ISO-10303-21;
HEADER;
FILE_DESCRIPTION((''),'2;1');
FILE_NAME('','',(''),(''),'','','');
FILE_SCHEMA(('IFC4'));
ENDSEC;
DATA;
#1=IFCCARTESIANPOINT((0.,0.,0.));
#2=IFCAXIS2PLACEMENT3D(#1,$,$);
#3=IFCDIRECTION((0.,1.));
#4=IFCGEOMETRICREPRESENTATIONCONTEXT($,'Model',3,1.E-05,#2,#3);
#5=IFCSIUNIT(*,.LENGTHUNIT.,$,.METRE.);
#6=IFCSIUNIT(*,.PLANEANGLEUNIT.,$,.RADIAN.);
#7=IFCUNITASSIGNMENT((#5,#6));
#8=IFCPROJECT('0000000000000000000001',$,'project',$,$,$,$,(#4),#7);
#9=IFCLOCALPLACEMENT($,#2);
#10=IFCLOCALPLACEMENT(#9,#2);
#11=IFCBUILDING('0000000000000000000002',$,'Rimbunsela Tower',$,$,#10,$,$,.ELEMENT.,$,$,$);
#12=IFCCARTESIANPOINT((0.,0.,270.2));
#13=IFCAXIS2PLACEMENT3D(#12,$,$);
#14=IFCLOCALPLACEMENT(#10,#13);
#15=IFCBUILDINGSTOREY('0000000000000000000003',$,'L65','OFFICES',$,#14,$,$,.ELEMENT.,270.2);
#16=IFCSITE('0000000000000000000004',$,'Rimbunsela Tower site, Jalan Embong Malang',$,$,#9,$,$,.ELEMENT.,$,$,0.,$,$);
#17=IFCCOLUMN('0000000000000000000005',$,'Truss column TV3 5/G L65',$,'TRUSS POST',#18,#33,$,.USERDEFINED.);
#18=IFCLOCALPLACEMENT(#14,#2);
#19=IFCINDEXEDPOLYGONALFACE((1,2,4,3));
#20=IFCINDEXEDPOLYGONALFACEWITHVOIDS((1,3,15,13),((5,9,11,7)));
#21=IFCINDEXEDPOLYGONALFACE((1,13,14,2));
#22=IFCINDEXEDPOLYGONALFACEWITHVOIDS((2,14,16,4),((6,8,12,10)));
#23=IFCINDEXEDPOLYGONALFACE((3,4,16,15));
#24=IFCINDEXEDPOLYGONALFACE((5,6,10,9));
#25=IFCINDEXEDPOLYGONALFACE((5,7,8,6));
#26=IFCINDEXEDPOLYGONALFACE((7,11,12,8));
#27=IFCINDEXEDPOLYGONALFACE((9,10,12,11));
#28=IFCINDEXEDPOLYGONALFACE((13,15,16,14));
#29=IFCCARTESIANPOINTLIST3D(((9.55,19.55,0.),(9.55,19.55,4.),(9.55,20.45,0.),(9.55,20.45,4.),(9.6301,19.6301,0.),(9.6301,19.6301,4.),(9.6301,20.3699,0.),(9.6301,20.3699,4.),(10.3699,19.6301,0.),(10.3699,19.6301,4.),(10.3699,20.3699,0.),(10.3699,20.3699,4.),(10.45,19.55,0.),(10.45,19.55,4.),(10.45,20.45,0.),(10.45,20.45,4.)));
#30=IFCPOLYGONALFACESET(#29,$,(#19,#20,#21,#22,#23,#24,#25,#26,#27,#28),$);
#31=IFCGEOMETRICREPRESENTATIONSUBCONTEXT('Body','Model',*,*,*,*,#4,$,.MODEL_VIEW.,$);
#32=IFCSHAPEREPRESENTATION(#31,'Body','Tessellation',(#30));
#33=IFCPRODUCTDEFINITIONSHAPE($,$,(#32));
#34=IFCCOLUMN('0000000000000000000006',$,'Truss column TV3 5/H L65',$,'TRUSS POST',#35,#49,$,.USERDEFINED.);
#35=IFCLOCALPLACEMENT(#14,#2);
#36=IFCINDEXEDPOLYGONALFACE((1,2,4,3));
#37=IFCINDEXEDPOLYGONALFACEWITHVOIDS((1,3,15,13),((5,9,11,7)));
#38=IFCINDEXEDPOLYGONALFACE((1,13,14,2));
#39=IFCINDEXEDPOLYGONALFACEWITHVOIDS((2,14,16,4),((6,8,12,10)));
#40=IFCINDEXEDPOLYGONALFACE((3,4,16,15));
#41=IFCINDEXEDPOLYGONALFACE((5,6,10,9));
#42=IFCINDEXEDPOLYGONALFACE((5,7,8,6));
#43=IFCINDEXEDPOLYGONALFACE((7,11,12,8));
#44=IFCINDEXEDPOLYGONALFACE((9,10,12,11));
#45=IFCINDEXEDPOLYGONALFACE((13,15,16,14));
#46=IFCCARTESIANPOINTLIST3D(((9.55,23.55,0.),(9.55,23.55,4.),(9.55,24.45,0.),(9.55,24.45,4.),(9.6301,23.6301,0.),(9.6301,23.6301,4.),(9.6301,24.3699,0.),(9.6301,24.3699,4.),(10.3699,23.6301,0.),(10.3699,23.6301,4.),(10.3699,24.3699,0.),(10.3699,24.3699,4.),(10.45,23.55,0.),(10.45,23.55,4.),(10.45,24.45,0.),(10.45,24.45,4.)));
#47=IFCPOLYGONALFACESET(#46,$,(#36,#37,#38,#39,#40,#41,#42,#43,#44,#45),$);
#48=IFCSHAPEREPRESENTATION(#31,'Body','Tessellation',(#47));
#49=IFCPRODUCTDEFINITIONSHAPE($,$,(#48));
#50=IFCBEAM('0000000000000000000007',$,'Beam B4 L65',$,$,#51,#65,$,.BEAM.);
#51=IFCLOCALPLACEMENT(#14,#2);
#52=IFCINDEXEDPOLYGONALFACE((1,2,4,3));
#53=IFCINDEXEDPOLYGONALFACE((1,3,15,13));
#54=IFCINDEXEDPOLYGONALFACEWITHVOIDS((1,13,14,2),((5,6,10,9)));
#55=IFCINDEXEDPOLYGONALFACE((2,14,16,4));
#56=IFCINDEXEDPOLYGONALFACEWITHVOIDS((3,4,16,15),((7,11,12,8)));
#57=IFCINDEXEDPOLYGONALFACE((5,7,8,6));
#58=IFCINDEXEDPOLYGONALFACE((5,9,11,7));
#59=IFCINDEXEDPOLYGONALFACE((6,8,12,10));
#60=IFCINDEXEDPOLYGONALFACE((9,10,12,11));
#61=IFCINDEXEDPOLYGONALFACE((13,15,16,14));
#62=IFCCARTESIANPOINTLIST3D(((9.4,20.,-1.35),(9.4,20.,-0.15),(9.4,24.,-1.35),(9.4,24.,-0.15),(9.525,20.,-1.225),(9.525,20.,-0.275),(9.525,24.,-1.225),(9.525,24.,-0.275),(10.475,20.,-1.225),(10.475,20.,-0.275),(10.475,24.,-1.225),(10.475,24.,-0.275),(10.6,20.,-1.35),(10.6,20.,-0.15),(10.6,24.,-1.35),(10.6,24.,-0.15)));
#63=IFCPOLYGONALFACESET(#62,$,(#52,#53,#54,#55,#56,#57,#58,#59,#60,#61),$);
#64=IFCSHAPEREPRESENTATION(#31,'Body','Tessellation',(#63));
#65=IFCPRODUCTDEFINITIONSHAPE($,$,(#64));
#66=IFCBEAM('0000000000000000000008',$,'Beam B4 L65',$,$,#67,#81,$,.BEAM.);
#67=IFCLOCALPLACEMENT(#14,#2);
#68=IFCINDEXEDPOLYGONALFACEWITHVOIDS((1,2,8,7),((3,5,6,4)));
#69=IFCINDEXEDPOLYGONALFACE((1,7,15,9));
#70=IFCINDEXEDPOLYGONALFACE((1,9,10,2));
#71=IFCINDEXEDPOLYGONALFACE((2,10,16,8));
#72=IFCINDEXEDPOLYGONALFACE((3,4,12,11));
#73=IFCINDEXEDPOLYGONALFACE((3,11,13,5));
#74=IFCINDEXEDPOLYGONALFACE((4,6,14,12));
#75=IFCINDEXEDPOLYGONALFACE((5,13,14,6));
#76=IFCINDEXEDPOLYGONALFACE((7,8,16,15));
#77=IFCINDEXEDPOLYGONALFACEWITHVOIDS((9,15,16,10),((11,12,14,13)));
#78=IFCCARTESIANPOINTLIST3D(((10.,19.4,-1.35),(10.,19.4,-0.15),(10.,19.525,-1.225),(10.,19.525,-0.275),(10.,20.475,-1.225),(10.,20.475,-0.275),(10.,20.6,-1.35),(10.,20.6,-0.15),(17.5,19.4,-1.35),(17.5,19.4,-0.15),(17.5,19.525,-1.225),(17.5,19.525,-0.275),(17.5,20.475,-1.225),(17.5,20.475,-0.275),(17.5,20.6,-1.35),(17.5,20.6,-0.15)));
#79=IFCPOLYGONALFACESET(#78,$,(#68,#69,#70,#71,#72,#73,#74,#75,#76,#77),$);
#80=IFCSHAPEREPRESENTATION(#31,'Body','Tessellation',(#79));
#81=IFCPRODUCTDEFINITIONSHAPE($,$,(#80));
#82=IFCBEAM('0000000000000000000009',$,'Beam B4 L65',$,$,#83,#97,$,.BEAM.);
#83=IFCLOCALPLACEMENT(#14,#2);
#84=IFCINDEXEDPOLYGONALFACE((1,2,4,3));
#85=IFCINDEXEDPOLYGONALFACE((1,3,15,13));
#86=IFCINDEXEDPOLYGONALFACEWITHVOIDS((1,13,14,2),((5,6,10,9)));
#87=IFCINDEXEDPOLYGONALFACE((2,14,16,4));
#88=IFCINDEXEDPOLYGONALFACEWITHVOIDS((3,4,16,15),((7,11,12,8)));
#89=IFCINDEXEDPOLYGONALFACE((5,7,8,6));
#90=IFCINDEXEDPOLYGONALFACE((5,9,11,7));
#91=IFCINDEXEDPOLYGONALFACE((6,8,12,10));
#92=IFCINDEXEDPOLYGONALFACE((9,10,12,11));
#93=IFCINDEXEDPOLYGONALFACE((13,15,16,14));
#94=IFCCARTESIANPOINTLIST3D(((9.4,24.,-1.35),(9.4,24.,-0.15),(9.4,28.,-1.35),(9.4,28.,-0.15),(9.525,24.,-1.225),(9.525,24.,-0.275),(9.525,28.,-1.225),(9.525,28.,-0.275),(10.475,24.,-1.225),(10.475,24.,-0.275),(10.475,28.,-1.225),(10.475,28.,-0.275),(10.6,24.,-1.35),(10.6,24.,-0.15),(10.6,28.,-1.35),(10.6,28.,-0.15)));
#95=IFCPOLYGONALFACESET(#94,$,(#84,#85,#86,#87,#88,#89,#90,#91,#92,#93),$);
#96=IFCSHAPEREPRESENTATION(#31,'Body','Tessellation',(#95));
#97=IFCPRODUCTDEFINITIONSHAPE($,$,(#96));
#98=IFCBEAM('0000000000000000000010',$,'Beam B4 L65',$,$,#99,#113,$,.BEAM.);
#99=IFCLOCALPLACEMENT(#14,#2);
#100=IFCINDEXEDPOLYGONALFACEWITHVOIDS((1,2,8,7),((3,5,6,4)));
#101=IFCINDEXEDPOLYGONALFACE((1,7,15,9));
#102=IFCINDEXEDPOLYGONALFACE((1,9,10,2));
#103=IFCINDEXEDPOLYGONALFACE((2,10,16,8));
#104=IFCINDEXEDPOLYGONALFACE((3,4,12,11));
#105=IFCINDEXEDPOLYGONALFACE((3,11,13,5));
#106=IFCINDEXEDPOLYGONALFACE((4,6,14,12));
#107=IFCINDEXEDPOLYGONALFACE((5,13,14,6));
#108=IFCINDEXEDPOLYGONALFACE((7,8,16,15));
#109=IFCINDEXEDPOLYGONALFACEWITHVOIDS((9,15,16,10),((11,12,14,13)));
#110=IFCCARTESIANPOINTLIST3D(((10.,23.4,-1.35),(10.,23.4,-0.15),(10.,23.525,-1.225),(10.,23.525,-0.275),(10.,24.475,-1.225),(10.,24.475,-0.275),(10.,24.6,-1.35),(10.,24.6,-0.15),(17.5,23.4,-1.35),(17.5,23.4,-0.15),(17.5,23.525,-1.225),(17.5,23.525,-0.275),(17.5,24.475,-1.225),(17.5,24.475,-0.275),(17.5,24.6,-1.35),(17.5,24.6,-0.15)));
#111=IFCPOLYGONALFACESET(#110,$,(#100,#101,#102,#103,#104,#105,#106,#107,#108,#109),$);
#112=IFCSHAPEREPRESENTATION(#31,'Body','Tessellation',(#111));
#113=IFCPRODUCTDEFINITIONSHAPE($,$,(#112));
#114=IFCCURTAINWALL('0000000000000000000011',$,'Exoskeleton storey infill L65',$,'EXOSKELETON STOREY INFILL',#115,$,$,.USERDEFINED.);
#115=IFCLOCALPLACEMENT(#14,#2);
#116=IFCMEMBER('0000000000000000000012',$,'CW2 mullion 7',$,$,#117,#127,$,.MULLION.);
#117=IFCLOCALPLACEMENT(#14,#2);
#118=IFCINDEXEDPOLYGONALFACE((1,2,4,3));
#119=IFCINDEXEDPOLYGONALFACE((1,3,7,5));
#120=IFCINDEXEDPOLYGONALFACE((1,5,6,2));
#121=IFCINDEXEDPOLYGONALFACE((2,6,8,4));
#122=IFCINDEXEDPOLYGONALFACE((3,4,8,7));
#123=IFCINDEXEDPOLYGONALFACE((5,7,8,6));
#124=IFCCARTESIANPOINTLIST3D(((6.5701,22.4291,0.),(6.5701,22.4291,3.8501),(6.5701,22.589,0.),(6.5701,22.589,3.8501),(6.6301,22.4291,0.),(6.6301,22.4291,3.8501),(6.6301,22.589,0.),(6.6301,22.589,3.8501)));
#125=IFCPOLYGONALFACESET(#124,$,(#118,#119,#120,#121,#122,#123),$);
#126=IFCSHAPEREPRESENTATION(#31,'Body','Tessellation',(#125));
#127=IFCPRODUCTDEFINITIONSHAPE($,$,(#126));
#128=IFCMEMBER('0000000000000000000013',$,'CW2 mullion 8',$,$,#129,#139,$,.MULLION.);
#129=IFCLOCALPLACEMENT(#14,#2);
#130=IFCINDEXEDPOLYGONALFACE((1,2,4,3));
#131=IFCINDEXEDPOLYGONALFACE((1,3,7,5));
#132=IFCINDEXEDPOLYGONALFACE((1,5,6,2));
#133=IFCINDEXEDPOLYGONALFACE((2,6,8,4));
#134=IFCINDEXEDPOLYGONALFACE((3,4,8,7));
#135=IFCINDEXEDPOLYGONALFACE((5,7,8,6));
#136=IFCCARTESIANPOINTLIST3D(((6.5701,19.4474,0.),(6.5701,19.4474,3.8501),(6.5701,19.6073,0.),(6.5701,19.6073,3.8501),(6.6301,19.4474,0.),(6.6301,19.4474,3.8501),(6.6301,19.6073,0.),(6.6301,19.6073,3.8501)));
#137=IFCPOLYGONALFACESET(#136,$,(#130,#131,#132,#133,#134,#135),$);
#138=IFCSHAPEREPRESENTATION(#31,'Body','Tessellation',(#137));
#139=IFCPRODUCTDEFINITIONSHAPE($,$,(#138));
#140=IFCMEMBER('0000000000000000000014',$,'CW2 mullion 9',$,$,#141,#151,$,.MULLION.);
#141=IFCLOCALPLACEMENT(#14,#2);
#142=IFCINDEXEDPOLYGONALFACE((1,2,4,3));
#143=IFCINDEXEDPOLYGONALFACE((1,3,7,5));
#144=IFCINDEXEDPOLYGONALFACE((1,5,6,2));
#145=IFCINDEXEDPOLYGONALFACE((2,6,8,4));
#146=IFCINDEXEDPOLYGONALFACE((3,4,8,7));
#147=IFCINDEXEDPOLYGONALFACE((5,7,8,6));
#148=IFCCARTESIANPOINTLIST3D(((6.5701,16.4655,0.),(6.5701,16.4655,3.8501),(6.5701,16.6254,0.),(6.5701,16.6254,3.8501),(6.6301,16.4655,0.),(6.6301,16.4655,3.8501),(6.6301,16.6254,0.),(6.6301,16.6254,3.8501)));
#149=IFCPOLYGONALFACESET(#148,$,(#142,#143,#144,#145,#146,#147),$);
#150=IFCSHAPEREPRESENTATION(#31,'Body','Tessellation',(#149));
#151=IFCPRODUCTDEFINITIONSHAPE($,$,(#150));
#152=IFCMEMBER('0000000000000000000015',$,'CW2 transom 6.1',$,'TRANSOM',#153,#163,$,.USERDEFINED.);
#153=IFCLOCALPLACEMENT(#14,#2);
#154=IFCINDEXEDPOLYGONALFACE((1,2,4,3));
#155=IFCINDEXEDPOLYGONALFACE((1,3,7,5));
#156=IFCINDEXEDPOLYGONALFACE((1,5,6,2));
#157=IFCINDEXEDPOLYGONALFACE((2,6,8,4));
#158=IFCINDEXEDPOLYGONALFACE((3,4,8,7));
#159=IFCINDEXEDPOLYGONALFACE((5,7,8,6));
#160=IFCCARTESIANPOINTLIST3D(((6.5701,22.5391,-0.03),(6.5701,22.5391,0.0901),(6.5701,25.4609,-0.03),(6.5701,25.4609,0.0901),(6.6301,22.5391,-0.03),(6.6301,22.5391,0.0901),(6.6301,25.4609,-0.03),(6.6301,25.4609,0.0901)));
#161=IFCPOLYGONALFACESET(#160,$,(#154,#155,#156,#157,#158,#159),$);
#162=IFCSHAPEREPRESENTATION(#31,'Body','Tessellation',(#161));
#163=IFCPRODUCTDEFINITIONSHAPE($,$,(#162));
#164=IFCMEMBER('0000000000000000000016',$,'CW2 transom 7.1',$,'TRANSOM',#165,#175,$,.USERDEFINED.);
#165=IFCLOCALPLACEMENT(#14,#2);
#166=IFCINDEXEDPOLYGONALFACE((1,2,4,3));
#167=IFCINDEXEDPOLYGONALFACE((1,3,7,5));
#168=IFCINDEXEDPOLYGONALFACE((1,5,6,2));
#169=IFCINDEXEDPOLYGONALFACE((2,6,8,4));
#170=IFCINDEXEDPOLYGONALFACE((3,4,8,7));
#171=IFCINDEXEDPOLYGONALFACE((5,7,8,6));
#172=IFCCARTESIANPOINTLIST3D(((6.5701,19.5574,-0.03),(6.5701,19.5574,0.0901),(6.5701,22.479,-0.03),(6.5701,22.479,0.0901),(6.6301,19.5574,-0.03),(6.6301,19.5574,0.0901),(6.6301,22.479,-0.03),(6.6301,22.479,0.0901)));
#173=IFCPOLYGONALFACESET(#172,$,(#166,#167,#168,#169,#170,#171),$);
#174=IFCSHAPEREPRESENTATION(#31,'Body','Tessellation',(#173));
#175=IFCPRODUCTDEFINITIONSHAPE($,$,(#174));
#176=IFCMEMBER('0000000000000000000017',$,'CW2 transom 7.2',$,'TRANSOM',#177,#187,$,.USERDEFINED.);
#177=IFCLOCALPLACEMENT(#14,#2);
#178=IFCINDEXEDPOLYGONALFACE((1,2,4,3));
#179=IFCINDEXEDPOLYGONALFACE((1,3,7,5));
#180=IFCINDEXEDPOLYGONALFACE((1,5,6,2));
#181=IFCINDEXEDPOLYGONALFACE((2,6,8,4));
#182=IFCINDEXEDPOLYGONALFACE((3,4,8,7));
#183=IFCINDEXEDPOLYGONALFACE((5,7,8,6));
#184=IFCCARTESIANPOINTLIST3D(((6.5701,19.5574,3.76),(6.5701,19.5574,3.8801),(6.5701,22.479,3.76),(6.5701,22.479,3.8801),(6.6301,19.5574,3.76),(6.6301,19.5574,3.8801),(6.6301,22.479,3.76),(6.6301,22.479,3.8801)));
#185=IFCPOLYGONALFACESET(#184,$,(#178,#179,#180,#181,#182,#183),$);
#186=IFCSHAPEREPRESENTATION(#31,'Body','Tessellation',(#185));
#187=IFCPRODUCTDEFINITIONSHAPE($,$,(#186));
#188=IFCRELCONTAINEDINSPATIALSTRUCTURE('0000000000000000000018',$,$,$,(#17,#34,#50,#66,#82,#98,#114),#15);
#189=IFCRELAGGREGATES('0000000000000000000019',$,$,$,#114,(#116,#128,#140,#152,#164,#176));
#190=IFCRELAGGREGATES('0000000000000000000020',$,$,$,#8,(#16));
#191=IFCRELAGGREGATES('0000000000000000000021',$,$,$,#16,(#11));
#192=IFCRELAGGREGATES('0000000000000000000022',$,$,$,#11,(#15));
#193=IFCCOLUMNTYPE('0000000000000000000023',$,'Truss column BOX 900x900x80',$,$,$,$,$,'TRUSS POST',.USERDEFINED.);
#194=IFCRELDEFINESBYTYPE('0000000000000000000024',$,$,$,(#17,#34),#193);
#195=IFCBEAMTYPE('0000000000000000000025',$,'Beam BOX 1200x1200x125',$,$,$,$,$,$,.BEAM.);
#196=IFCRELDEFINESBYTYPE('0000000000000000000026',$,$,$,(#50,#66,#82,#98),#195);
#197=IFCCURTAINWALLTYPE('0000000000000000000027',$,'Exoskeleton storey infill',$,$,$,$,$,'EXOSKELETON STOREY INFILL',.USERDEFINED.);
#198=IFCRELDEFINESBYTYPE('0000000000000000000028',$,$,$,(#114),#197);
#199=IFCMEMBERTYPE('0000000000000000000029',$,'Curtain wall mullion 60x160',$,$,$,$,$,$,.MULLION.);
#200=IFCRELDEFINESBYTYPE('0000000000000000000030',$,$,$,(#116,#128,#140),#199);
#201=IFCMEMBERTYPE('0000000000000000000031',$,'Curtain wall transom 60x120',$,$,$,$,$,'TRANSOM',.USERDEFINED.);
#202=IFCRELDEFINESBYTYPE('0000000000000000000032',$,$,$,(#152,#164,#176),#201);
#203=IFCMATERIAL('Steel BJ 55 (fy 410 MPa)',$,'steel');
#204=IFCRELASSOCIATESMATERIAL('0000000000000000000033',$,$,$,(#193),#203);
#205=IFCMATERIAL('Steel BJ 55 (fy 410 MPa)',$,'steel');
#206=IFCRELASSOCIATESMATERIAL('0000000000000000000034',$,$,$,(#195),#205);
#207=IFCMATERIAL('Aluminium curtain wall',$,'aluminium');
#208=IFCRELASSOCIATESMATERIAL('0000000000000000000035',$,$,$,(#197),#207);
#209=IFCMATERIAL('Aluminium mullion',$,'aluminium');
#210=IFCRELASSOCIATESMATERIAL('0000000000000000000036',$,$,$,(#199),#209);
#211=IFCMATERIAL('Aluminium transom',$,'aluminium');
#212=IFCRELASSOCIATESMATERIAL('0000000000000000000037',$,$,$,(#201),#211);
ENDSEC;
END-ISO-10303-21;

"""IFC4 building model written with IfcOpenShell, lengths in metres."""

from ifc_helpers import new_model, si_unit, direction, frame, origin, origin_2d, place, context, subcontext, project, spatial, rectangle, hollow_rectangle, extrude, material, material_profile, profile_set, type_object, element, aggregate, save


model = new_model("IFC4")

# Units and contexts
model_context = context("Model", 3, precision=1e-05, world=origin(), true_north=direction((0.0, 1.0)))
body_context = subcontext(model_context, "Body", "Model", "MODEL_VIEW")
ifc_project = project(units=[si_unit("LENGTHUNIT", "METRE"), si_unit("PLANEANGLEUNIT", "RADIAN")], contexts=[model_context])

# Site, building, storey
site_placement = place(None, origin())
site = spatial("IfcSite", under=ifc_project, at=site_placement, Name="Rimbunsela Tower site, Jalan Embong Malang", CompositionType="ELEMENT", RefElevation=0.0)
building_placement = place(site_placement, origin())
building = spatial("IfcBuilding", under=site, at=building_placement, Name="Rimbunsela Tower", CompositionType="ELEMENT")
storey_placement = place(building_placement, frame((0.0, 0.0, 270.2)))
storey = spatial("IfcBuildingStorey", under=building, at=storey_placement, Name="L65", Description="OFFICES", CompositionType="ELEMENT", Elevation=270.2)

# Columns
ifc_material_1 = material(Name="Steel BJ 55 (fy 410 MPa)", Category="steel")
ifc_material_profile_1 = material_profile(ifc_material_1, hollow_rectangle(XDim=0.8999, YDim=0.8999, WallThickness=0.0801, at=origin_2d()), Name="BOX 900x900x80")
ifc_profile_set_1 = profile_set([ifc_material_profile_1], Name="Steel BJ 55 (fy 410 MPa)")
column_type = type_object("IfcColumnType", Name="Truss column BOX 900x900x80", ElementType="TRUSS POST", PredefinedType="USERDEFINED", material=ifc_profile_set_1)
for number, where, z_axis, x_axis, name in (
    (1, (10.0, 20.0, 0.0), (0.0, 0.0, 1.0), (1.0, 0.0, 0.0), "Truss column TV3 5/G L65"),
    (2, (10.0, 24.0, 0.0), (0.0, 0.0, 1.0), (1.0, 0.0, 0.0), "Truss column TV3 5/H L65"),
):
    element("IfcColumn", number, at=place(storey_placement, frame(where, z_axis=z_axis, x_axis=x_axis)), inside=storey, type_object=column_type, Name=name, ObjectType="TRUSS POST", PredefinedType="USERDEFINED", context=body_context, shape_type="SweptSolid", body=[
        extrude(hollow_rectangle(XDim=0.8999, YDim=0.8999, WallThickness=0.0801, at=origin_2d()), origin(), (0.0, 0.0, 1.0), 4.0),
    ])

# Beams
ifc_material_2 = material(Name="Steel BJ 55 (fy 410 MPa)", Category="steel")
ifc_material_profile_2 = material_profile(ifc_material_2, hollow_rectangle(XDim=1.2, YDim=1.2, WallThickness=0.125, at=origin_2d()), Name="BOX 1200x1200x125")
ifc_profile_set_2 = profile_set([ifc_material_profile_2], Name="Steel BJ 55 (fy 410 MPa)")
beam_type_1 = type_object("IfcBeamType", Name="Beam BOX 1200x1200x125", PredefinedType="BEAM", material=ifc_profile_set_2)
beam_1_placement = place(storey_placement, frame((10.0, 20.0, -0.75), z_axis=(0.0, 1.0, 0.0), x_axis=(-1.0, 0.0, 0.0)))
element("IfcBeam", 3, at=beam_1_placement, inside=storey, type_object=beam_type_1, Name="Beam B4 L65", PredefinedType="BEAM", context=body_context, shape_type="SweptSolid", body=[
    extrude(hollow_rectangle(XDim=1.2, YDim=1.2, WallThickness=0.125, at=origin_2d()), origin(), (0.0, 0.0, 1.0), 4.0),
])
beam_2_placement = place(storey_placement, frame((10.0, 20.0, -0.75), z_axis=(1.0, 0.0, 0.0), x_axis=(0.0, 1.0, 0.0)))
element("IfcBeam", 4, at=beam_2_placement, inside=storey, type_object=beam_type_1, Name="Beam B4 L65", PredefinedType="BEAM", context=body_context, shape_type="SweptSolid", body=[
    extrude(hollow_rectangle(XDim=1.2, YDim=1.2, WallThickness=0.125, at=origin_2d()), origin(), (0.0, 0.0, 1.0), 7.5),
])
beam_3_placement = place(storey_placement, frame((10.0, 24.0, -0.75), z_axis=(0.0, 1.0, 0.0), x_axis=(-1.0, 0.0, 0.0)))
element("IfcBeam", 5, at=beam_3_placement, inside=storey, type_object=beam_type_1, Name="Beam B4 L65", PredefinedType="BEAM", context=body_context, shape_type="SweptSolid", body=[
    extrude(hollow_rectangle(XDim=1.2, YDim=1.2, WallThickness=0.125, at=origin_2d()), origin(), (0.0, 0.0, 1.0), 4.0),
])
beam_4_placement = place(storey_placement, frame((10.0, 24.0, -0.75), z_axis=(1.0, 0.0, 0.0), x_axis=(0.0, 1.0, 0.0)))
element("IfcBeam", 6, at=beam_4_placement, inside=storey, type_object=beam_type_1, Name="Beam B4 L65", PredefinedType="BEAM", context=body_context, shape_type="SweptSolid", body=[
    extrude(hollow_rectangle(XDim=1.2, YDim=1.2, WallThickness=0.125, at=origin_2d()), origin(), (0.0, 0.0, 1.0), 7.5),
])

# Curtain wall, members
ifc_material_3 = material(Name="Aluminium curtain wall", Category="aluminium")
curtain_wall_type = type_object("IfcCurtainWallType", Name="Exoskeleton storey infill", ElementType="EXOSKELETON STOREY INFILL", PredefinedType="USERDEFINED", material=ifc_material_3)
curtain_wall_placement = place(storey_placement, origin())
curtain_wall = element("IfcCurtainWall", 7, at=curtain_wall_placement, inside=storey, type_object=curtain_wall_type, Name="Exoskeleton storey infill L65", ObjectType="EXOSKELETON STOREY INFILL", PredefinedType="USERDEFINED")
ifc_material_4 = material(Name="Aluminium mullion", Category="aluminium")
ifc_material_profile_3 = material_profile(ifc_material_4, rectangle(XDim=0.0601, YDim=0.1599, at=origin_2d()), Name="Mullion 60x160")
ifc_profile_set_3 = profile_set([ifc_material_profile_3], Name="Aluminium mullion")
member_type_1 = type_object("IfcMemberType", Name="Curtain wall mullion 60x160", PredefinedType="MULLION", material=ifc_profile_set_3)
member_1_placement = place(storey_placement, frame((6.6001, 22.509, 0.0), z_axis=(0.0, 0.0, 1.0), x_axis=(1.0, 0.0, 0.0)))
member_1 = element("IfcMember", 8, at=member_1_placement, type_object=member_type_1, Name="CW2 mullion 7", PredefinedType="MULLION", context=body_context, shape_type="SweptSolid", body=[
    extrude(rectangle(XDim=0.0601, YDim=0.1599, at=origin_2d()), origin(), (0.0, 0.0, 1.0), 3.8501),
])
member_2_placement = place(storey_placement, frame((6.6001, 19.5273, 0.0), z_axis=(0.0, 0.0, 1.0), x_axis=(1.0, 0.0, 0.0)))
member_2 = element("IfcMember", 9, at=member_2_placement, type_object=member_type_1, Name="CW2 mullion 8", PredefinedType="MULLION", context=body_context, shape_type="SweptSolid", body=[
    extrude(rectangle(XDim=0.0601, YDim=0.1599, at=origin_2d()), origin(), (0.0, 0.0, 1.0), 3.8501),
])
member_3_placement = place(storey_placement, frame((6.6001, 16.5454, 0.0), z_axis=(0.0, 0.0, 1.0), x_axis=(1.0, 0.0, 0.0)))
member_3 = element("IfcMember", 10, at=member_3_placement, type_object=member_type_1, Name="CW2 mullion 9", PredefinedType="MULLION", context=body_context, shape_type="SweptSolid", body=[
    extrude(rectangle(XDim=0.0601, YDim=0.1599, at=origin_2d()), origin(), (0.0, 0.0, 1.0), 3.8501),
])
ifc_material_5 = material(Name="Aluminium transom", Category="aluminium")
ifc_material_profile_4 = material_profile(ifc_material_5, rectangle(XDim=0.0601, YDim=0.1201, at=origin_2d()), Name="Transom 60x120")
ifc_profile_set_4 = profile_set([ifc_material_profile_4], Name="Aluminium transom")
member_type_2 = type_object("IfcMemberType", Name="Curtain wall transom 60x120", ElementType="TRANSOM", PredefinedType="USERDEFINED", material=ifc_profile_set_4)
member_4_placement = place(storey_placement, frame((6.6001, 25.4609, 0.03), z_axis=(0.0, -1.0, 0.0), x_axis=(1.0, 0.0, 0.0)))
member_4 = element("IfcMember", 11, at=member_4_placement, type_object=member_type_2, Name="CW2 transom 6.1", ObjectType="TRANSOM", PredefinedType="USERDEFINED", context=body_context, shape_type="SweptSolid", body=[
    extrude(rectangle(XDim=0.0601, YDim=0.1201, at=origin_2d()), origin(), (0.0, 0.0, 1.0), 2.9219),
])
member_5_placement = place(storey_placement, frame((6.6001, 22.479, 0.03), z_axis=(0.0, -1.0, 0.0), x_axis=(1.0, 0.0, 0.0)))
member_5 = element("IfcMember", 12, at=member_5_placement, type_object=member_type_2, Name="CW2 transom 7.1", ObjectType="TRANSOM", PredefinedType="USERDEFINED", context=body_context, shape_type="SweptSolid", body=[
    extrude(rectangle(XDim=0.0601, YDim=0.1201, at=origin_2d()), origin(), (0.0, 0.0, 1.0), 2.9216),
])
member_6_placement = place(storey_placement, frame((6.6001, 22.479, 3.8201), z_axis=(0.0, -1.0, 0.0), x_axis=(1.0, 0.0, 0.0)))
member_6 = element("IfcMember", 13, at=member_6_placement, type_object=member_type_2, Name="CW2 transom 7.2", ObjectType="TRANSOM", PredefinedType="USERDEFINED", context=body_context, shape_type="SweptSolid", body=[
    extrude(rectangle(XDim=0.0601, YDim=0.1201, at=origin_2d()), origin(), (0.0, 0.0, 1.0), 2.9216),
])

aggregate(curtain_wall, [member_1, member_2, member_3, member_4, member_5, member_6])

save(model, "model.ifc")
